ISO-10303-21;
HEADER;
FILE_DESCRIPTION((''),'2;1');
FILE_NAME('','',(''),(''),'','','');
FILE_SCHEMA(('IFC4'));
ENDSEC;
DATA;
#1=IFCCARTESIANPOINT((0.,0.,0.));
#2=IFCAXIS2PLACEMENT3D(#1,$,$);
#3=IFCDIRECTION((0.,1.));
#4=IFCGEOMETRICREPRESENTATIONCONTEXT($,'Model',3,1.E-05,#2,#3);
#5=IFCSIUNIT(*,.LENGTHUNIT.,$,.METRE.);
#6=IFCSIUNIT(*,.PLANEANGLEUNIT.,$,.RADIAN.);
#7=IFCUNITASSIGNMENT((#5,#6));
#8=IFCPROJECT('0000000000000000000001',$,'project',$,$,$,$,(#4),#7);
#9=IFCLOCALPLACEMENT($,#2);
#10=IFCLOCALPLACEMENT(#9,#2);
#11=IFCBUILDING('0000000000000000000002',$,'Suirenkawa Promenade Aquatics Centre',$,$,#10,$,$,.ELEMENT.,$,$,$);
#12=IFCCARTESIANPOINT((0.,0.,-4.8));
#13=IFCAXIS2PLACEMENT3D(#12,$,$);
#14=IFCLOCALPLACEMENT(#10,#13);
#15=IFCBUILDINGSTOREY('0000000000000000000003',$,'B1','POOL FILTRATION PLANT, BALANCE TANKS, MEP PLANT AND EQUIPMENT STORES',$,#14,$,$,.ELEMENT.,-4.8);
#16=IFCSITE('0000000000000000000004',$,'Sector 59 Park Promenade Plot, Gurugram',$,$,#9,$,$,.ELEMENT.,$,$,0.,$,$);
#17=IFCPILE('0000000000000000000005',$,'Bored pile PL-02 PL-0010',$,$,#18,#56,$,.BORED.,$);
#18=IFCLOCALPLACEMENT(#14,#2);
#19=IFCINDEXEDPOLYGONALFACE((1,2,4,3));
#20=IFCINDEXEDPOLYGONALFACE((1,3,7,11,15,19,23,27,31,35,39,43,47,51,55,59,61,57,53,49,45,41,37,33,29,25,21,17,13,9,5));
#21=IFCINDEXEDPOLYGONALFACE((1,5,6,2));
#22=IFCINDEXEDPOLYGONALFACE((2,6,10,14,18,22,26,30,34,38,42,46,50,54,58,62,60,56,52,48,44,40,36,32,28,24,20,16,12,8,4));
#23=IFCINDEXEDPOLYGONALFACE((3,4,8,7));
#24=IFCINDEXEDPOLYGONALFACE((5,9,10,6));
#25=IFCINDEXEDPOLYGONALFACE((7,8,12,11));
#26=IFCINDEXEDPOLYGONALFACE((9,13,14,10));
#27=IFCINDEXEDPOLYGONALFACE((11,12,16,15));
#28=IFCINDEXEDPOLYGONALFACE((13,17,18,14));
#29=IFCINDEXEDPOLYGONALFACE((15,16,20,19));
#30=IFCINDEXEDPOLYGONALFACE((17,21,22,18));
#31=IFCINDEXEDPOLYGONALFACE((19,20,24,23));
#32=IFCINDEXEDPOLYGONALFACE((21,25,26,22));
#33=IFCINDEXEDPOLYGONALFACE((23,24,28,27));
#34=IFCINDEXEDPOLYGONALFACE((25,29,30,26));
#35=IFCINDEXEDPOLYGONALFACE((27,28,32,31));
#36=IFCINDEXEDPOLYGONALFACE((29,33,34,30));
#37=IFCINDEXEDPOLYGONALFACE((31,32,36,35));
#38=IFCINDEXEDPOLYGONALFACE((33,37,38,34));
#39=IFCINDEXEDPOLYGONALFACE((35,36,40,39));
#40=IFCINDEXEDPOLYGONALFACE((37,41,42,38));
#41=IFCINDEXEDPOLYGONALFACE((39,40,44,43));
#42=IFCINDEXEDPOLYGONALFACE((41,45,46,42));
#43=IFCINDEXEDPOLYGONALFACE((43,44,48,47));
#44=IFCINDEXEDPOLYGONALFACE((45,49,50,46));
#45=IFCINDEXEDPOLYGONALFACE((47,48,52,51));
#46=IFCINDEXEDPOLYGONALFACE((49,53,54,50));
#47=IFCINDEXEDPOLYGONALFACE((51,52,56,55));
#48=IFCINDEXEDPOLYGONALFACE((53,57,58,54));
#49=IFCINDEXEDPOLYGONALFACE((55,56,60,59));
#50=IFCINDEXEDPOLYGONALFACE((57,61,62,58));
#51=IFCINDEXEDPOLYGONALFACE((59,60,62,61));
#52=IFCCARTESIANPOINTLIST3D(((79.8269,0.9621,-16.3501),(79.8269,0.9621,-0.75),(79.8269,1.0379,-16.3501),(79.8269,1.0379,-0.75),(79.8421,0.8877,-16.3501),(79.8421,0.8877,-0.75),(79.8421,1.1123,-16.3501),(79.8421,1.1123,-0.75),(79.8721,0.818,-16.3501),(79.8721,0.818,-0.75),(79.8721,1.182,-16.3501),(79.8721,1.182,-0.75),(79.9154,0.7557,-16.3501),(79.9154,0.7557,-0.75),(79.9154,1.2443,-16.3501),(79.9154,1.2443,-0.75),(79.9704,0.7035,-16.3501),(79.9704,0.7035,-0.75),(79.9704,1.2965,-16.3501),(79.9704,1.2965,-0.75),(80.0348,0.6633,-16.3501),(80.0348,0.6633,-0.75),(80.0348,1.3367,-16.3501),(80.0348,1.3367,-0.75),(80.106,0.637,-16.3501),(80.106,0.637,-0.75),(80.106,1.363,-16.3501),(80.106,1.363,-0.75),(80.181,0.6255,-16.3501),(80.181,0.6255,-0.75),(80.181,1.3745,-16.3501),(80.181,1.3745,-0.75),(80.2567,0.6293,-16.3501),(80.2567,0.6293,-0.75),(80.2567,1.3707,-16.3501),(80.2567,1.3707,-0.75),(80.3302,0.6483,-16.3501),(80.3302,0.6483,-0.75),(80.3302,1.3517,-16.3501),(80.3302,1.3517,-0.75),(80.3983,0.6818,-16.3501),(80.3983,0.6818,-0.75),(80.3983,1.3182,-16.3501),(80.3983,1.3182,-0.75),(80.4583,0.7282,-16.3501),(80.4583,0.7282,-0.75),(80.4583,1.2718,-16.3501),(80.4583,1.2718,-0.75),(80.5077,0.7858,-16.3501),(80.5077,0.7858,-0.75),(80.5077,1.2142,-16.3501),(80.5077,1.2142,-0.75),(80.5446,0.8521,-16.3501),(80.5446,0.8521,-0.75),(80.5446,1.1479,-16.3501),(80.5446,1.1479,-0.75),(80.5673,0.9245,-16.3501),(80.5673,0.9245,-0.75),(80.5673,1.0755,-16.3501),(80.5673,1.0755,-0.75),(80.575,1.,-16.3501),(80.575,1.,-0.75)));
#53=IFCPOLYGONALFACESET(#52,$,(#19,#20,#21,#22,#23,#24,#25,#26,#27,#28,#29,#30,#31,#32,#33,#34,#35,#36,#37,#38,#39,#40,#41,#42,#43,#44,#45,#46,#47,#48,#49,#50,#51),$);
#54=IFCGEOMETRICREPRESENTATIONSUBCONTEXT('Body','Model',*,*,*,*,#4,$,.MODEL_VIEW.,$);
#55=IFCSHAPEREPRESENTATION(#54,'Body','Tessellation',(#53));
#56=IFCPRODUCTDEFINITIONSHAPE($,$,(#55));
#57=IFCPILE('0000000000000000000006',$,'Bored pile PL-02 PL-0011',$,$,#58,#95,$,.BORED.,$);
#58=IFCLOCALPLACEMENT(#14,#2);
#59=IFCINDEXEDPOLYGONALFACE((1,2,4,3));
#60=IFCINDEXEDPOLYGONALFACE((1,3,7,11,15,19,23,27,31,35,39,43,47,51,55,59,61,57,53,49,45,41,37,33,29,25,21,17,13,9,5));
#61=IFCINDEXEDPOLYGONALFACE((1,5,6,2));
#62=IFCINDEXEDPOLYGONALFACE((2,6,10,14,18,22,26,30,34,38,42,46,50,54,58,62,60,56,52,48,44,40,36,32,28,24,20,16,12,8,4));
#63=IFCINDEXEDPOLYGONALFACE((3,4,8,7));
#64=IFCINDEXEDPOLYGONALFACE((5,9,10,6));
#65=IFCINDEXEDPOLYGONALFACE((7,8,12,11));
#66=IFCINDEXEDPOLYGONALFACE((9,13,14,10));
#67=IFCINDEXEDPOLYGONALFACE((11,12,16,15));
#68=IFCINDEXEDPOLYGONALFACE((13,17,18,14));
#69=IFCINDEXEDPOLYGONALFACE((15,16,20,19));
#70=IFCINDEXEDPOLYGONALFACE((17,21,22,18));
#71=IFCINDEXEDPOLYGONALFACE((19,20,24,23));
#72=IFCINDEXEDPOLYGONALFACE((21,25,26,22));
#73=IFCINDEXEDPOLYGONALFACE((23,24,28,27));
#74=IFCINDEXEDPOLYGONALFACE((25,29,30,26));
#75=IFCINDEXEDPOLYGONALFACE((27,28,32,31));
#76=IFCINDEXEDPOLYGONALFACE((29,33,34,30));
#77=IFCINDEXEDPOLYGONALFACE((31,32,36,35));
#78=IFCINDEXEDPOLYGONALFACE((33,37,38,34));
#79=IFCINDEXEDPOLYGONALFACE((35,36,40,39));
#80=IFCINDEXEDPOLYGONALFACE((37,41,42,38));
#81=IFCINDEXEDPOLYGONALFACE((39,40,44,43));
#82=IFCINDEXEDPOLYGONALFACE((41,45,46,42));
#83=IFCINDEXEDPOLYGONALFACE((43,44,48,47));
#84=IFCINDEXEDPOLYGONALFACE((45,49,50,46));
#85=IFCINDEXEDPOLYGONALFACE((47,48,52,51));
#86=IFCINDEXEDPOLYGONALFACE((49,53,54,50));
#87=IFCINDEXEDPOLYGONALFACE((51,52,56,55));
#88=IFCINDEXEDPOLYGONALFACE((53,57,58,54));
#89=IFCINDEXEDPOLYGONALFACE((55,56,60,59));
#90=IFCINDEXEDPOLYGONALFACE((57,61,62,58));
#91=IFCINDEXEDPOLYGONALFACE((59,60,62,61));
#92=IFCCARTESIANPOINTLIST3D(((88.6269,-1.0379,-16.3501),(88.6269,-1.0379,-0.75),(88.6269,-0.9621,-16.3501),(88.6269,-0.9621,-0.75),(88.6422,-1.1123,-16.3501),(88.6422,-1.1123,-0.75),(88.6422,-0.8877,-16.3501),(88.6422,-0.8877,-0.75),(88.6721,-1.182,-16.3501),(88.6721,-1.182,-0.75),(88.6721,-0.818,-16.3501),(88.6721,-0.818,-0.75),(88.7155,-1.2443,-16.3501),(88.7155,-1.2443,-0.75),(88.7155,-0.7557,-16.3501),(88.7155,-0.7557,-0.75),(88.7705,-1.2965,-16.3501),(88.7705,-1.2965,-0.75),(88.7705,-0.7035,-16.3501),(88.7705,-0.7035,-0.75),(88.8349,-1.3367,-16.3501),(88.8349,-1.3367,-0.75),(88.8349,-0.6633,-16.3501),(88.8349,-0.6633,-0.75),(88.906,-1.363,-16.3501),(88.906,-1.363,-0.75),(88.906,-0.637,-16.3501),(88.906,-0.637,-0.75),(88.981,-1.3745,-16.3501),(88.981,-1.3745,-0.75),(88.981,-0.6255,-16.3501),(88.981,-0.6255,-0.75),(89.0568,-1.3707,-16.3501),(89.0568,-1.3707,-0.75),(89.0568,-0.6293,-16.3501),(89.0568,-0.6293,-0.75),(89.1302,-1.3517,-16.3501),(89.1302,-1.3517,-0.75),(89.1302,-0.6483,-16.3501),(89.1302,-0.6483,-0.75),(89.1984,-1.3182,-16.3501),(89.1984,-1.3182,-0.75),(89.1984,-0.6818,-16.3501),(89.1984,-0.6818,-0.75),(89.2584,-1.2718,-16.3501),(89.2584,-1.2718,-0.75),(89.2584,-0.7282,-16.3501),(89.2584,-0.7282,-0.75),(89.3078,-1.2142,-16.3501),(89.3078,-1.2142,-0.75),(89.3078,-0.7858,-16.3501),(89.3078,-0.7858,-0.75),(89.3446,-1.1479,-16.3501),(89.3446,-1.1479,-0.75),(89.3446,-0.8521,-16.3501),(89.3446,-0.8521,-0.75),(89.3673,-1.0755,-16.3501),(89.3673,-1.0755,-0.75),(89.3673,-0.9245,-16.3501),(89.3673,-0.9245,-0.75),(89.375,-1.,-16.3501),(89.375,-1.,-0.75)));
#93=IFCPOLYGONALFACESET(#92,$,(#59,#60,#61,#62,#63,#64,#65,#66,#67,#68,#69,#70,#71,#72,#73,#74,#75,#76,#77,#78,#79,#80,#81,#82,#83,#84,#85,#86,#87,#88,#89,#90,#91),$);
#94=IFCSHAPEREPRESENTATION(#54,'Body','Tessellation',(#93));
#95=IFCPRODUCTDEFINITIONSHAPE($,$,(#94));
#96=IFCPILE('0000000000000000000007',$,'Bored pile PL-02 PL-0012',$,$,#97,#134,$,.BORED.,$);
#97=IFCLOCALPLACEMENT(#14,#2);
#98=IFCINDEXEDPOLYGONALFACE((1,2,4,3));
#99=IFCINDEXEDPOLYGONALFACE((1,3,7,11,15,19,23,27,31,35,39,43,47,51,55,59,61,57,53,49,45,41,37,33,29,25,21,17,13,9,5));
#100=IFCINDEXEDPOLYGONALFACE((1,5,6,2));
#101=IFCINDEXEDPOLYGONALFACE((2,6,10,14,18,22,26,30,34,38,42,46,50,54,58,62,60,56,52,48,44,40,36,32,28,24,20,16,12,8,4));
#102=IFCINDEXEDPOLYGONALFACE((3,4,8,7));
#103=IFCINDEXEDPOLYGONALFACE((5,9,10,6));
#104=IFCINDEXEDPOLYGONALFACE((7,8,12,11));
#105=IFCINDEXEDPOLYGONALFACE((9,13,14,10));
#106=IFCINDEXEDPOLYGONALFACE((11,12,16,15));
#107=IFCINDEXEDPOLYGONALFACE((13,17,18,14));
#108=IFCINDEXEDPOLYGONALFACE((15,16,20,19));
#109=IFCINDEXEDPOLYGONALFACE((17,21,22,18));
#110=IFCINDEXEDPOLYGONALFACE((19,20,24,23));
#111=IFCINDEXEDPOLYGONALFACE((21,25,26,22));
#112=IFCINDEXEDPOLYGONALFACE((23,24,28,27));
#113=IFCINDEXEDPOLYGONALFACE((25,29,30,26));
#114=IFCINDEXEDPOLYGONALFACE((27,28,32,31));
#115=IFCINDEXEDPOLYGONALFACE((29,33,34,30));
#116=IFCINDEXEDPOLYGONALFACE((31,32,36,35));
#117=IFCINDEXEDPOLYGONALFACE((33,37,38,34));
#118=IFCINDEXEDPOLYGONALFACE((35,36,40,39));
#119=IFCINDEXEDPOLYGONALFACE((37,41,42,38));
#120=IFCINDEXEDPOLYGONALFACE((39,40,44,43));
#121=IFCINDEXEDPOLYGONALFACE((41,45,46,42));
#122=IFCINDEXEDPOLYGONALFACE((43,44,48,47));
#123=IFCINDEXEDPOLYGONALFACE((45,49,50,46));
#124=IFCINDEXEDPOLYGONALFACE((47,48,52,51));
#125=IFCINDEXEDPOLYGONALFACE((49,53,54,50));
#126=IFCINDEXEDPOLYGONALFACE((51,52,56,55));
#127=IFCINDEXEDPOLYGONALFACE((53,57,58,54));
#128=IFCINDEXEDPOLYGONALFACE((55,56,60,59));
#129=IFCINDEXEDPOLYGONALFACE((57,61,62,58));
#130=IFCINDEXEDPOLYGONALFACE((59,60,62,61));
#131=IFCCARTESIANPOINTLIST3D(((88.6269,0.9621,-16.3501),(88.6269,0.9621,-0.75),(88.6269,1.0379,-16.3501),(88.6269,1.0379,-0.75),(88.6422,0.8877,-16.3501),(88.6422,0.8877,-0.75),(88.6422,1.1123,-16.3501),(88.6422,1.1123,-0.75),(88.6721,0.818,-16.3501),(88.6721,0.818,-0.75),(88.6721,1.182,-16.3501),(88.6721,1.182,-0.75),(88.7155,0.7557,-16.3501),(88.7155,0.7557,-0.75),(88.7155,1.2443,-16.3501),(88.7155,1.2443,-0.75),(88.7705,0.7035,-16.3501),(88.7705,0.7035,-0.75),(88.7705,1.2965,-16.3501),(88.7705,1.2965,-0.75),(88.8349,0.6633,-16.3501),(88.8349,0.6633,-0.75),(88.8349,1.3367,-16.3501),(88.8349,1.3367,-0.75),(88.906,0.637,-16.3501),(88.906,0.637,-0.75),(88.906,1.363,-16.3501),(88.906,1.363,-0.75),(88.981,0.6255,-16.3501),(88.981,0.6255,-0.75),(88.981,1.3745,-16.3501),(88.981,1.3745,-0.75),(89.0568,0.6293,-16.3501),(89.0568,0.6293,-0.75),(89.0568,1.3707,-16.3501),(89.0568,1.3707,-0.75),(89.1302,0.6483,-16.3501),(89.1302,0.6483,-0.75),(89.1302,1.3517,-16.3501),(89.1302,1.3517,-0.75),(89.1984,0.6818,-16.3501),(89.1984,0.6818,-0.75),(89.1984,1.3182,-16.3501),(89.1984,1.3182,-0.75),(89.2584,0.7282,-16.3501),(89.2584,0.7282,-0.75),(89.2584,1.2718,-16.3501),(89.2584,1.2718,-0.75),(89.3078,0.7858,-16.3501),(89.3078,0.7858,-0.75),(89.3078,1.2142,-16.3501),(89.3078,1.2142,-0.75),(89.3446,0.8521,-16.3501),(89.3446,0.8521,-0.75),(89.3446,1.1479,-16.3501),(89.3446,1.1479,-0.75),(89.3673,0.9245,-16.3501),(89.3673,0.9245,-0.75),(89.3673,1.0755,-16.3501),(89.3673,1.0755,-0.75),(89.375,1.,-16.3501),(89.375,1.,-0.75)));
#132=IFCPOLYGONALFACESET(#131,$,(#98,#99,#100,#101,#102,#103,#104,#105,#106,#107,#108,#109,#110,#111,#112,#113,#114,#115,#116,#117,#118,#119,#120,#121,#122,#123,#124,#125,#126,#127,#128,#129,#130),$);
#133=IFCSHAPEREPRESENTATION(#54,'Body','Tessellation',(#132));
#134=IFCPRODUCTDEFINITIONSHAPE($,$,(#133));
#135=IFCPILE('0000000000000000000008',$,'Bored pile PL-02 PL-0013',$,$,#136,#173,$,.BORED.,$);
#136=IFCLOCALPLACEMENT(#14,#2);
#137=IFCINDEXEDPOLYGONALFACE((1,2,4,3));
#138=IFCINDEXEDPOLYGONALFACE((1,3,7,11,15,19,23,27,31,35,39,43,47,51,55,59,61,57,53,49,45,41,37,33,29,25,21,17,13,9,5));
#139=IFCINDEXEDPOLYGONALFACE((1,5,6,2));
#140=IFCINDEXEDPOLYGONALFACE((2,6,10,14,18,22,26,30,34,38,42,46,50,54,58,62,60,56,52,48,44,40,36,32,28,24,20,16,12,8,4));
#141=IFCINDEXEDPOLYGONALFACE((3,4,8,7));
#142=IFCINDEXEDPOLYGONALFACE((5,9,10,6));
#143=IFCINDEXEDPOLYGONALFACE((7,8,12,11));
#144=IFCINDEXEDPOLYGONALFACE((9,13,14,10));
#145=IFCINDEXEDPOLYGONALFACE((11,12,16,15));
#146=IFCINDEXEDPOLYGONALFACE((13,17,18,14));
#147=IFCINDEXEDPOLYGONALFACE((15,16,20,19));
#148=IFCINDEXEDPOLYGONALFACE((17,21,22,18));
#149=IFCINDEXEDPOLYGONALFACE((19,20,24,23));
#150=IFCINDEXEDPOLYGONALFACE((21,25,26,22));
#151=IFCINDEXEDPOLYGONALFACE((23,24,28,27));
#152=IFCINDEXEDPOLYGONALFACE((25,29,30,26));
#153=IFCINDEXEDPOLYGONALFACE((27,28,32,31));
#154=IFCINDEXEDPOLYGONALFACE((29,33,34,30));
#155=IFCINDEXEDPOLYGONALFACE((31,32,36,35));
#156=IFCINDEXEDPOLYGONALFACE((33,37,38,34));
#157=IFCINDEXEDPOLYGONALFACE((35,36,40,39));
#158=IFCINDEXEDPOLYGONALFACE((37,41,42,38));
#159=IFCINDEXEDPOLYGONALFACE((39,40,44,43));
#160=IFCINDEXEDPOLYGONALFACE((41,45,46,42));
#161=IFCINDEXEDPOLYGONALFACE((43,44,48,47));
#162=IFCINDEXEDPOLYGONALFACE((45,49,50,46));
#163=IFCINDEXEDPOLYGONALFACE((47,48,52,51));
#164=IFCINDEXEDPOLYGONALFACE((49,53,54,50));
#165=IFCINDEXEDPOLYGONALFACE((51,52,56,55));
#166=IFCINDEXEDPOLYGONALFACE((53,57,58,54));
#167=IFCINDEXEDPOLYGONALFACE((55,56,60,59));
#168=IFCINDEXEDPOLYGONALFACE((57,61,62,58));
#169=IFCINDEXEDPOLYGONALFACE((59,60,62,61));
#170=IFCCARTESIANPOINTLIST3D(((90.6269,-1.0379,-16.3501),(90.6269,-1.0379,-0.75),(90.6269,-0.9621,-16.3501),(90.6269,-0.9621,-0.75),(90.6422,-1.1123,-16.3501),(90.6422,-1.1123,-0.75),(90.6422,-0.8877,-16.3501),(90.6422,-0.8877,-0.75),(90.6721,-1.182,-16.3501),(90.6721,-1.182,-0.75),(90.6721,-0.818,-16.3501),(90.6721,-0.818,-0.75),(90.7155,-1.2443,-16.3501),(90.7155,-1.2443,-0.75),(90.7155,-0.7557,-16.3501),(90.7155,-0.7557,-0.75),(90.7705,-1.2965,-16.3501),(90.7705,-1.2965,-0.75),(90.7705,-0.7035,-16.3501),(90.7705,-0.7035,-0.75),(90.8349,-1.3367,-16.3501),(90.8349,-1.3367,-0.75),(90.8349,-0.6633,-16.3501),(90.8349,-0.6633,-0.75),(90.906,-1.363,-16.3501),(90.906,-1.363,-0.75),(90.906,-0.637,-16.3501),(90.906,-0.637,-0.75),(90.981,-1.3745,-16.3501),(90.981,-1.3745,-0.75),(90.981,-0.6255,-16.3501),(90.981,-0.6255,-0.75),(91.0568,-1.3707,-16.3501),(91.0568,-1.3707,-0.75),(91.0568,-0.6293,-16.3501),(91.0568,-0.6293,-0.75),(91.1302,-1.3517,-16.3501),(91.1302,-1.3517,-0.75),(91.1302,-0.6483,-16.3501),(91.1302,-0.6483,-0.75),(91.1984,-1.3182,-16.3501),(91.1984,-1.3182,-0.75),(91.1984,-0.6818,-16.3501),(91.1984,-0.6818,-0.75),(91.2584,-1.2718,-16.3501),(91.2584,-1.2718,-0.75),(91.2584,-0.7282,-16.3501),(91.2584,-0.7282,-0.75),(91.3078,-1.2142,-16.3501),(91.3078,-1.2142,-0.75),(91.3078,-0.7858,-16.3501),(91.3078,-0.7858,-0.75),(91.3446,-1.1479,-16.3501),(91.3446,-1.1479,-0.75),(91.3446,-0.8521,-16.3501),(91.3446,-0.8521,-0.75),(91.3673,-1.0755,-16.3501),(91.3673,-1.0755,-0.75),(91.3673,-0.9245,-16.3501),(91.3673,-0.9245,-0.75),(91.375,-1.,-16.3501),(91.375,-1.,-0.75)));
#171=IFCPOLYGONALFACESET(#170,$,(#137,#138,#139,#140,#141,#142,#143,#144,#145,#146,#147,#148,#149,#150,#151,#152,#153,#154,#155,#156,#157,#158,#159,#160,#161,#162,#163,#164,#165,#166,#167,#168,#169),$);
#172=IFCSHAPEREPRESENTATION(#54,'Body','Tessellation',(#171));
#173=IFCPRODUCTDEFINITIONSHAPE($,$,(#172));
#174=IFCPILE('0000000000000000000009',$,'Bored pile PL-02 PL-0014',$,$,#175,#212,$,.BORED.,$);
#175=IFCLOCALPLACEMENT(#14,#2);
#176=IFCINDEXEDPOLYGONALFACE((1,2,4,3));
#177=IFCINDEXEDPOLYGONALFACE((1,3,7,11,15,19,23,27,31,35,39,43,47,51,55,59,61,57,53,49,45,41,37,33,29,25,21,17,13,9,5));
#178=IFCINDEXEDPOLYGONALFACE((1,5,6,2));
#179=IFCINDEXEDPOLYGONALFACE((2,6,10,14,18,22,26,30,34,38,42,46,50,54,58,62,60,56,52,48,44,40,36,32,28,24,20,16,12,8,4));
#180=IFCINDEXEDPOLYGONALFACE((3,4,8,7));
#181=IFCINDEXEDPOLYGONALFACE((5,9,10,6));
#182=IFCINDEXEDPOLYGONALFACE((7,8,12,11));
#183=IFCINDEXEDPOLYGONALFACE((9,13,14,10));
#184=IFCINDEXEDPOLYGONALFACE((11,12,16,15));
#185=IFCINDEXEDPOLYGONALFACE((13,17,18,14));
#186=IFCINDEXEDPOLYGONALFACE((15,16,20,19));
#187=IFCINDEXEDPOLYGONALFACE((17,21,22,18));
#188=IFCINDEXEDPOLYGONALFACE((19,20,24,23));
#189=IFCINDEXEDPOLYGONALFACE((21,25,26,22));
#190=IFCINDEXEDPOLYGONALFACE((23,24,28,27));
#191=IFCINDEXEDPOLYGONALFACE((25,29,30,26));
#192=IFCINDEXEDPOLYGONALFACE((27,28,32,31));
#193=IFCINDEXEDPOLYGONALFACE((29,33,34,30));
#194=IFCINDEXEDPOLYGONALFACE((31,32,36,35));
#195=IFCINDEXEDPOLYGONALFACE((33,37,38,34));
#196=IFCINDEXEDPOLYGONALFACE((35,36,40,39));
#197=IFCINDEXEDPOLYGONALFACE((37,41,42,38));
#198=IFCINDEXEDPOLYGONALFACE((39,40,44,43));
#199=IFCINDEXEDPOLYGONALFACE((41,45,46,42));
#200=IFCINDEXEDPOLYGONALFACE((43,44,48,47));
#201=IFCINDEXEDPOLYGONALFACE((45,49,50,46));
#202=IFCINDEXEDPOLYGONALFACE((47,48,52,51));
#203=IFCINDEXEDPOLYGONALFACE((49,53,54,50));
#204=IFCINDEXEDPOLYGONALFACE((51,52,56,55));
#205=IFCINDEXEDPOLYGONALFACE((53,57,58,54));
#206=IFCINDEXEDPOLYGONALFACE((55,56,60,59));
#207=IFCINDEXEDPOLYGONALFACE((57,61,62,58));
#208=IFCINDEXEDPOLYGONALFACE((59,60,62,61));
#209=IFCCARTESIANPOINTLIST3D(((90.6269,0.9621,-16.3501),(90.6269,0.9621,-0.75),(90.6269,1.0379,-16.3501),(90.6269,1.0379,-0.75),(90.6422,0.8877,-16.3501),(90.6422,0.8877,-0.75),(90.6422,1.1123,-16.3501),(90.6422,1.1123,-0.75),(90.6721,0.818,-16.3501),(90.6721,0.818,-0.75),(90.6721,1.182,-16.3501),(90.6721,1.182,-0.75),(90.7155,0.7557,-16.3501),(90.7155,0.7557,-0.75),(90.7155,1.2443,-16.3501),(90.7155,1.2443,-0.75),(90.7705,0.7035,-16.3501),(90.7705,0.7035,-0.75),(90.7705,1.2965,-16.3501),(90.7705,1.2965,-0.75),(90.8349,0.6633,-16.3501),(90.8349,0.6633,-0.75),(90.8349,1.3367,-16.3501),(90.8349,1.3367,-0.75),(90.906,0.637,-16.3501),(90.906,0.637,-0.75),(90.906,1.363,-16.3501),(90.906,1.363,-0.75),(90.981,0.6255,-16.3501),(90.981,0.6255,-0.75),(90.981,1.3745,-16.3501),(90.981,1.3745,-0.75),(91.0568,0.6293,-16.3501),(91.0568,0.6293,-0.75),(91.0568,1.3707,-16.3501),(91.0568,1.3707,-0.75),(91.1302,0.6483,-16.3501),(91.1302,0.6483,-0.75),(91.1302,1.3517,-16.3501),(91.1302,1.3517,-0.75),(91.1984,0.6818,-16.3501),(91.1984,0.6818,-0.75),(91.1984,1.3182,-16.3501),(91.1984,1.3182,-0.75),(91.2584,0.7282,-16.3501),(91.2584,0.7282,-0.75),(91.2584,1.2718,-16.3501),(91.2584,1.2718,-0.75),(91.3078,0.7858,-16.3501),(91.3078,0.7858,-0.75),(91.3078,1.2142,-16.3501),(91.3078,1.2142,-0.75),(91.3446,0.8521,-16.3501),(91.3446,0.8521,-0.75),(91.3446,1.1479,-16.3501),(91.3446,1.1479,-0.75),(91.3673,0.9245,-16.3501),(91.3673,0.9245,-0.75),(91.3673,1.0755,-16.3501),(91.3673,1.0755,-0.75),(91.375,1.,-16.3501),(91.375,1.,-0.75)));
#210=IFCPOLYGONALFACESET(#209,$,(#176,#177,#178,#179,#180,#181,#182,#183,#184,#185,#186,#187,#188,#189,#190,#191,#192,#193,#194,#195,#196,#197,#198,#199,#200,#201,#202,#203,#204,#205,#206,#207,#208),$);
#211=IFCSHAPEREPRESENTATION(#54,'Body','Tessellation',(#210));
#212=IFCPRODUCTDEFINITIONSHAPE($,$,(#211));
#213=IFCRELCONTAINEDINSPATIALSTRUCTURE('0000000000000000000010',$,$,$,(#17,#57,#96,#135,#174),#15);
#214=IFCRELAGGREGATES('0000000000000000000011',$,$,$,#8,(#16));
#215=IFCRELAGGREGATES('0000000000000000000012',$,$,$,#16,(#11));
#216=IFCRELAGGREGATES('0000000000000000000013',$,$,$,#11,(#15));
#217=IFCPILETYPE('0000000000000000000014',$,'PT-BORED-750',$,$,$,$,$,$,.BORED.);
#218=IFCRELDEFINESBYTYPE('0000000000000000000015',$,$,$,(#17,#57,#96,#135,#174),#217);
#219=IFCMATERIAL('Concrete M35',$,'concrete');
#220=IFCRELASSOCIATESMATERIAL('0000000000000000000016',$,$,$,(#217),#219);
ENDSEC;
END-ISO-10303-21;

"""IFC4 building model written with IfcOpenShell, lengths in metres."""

from ifc_helpers import new_model, si_unit, direction, frame, origin, origin_2d, place, context, subcontext, project, spatial, circle, extrude, material, material_profile, profile_set, type_object, element, save


model = new_model("IFC4")

# Units and contexts
model_context = context("Model", 3, precision=1e-05, world=origin(), true_north=direction((0.0, 1.0)))
body_context = subcontext(model_context, "Body", "Model", "MODEL_VIEW")
ifc_project = project(units=[si_unit("LENGTHUNIT", "METRE"), si_unit("PLANEANGLEUNIT", "RADIAN")], contexts=[model_context])

# Site, building, storey
site_placement = place(None, origin())
site = spatial("IfcSite", under=ifc_project, at=site_placement, Name="Sector 59 Park Promenade Plot, Gurugram", CompositionType="ELEMENT", RefElevation=0.0)
building_placement = place(site_placement, origin())
building = spatial("IfcBuilding", under=site, at=building_placement, Name="Suirenkawa Promenade Aquatics Centre", CompositionType="ELEMENT")
storey_placement = place(building_placement, frame((0.0, 0.0, -4.8)))
storey = spatial("IfcBuildingStorey", under=building, at=storey_placement, Name="B1", Description="POOL FILTRATION PLANT, BALANCE TANKS, MEP PLANT AND EQUIPMENT STORES", CompositionType="ELEMENT", Elevation=-4.8)

# Shared definitions
ifc_material_1 = material(Name="Concrete M35", Category="concrete")

# Piles
ifc_material_profile_1 = material_profile(ifc_material_1, circle(Radius=0.375, at=origin_2d()), Name="PILE D750", Category="concrete")
ifc_profile_set_1 = profile_set([ifc_material_profile_1], Name="Concrete M35")
pile_type = type_object("IfcPileType", Name="PT-BORED-750", PredefinedType="BORED", material=ifc_profile_set_1)
for number, where, z_axis, x_axis, name in (
    (1, (80.2, 1.0, -0.75), (0.0, 0.0, -1.0), (1.0, 0.0, 0.0), "Bored pile PL-02 PL-0010"),
    (2, (89.0, -1.0, -0.75), (0.0, 0.0, -1.0), (1.0, 0.0, 0.0), "Bored pile PL-02 PL-0011"),
    (3, (89.0, 1.0, -0.75), (0.0, 0.0, -1.0), (1.0, 0.0, 0.0), "Bored pile PL-02 PL-0012"),
    (4, (91.0, -1.0, -0.75), (0.0, 0.0, -1.0), (1.0, 0.0, 0.0), "Bored pile PL-02 PL-0013"),
    (5, (91.0, 1.0, -0.75), (0.0, 0.0, -1.0), (1.0, 0.0, 0.0), "Bored pile PL-02 PL-0014"),
):
    element("IfcPile", number, at=place(storey_placement, frame(where, z_axis=z_axis, x_axis=x_axis)), inside=storey, type_object=pile_type, Name=name, PredefinedType="BORED", context=body_context, shape_type="SweptSolid", body=[
        extrude(circle(Radius=0.375, at=origin_2d()), origin(), (0.0, 0.0, 1.0), 15.6001),
    ])

save(model, "model.ifc")
